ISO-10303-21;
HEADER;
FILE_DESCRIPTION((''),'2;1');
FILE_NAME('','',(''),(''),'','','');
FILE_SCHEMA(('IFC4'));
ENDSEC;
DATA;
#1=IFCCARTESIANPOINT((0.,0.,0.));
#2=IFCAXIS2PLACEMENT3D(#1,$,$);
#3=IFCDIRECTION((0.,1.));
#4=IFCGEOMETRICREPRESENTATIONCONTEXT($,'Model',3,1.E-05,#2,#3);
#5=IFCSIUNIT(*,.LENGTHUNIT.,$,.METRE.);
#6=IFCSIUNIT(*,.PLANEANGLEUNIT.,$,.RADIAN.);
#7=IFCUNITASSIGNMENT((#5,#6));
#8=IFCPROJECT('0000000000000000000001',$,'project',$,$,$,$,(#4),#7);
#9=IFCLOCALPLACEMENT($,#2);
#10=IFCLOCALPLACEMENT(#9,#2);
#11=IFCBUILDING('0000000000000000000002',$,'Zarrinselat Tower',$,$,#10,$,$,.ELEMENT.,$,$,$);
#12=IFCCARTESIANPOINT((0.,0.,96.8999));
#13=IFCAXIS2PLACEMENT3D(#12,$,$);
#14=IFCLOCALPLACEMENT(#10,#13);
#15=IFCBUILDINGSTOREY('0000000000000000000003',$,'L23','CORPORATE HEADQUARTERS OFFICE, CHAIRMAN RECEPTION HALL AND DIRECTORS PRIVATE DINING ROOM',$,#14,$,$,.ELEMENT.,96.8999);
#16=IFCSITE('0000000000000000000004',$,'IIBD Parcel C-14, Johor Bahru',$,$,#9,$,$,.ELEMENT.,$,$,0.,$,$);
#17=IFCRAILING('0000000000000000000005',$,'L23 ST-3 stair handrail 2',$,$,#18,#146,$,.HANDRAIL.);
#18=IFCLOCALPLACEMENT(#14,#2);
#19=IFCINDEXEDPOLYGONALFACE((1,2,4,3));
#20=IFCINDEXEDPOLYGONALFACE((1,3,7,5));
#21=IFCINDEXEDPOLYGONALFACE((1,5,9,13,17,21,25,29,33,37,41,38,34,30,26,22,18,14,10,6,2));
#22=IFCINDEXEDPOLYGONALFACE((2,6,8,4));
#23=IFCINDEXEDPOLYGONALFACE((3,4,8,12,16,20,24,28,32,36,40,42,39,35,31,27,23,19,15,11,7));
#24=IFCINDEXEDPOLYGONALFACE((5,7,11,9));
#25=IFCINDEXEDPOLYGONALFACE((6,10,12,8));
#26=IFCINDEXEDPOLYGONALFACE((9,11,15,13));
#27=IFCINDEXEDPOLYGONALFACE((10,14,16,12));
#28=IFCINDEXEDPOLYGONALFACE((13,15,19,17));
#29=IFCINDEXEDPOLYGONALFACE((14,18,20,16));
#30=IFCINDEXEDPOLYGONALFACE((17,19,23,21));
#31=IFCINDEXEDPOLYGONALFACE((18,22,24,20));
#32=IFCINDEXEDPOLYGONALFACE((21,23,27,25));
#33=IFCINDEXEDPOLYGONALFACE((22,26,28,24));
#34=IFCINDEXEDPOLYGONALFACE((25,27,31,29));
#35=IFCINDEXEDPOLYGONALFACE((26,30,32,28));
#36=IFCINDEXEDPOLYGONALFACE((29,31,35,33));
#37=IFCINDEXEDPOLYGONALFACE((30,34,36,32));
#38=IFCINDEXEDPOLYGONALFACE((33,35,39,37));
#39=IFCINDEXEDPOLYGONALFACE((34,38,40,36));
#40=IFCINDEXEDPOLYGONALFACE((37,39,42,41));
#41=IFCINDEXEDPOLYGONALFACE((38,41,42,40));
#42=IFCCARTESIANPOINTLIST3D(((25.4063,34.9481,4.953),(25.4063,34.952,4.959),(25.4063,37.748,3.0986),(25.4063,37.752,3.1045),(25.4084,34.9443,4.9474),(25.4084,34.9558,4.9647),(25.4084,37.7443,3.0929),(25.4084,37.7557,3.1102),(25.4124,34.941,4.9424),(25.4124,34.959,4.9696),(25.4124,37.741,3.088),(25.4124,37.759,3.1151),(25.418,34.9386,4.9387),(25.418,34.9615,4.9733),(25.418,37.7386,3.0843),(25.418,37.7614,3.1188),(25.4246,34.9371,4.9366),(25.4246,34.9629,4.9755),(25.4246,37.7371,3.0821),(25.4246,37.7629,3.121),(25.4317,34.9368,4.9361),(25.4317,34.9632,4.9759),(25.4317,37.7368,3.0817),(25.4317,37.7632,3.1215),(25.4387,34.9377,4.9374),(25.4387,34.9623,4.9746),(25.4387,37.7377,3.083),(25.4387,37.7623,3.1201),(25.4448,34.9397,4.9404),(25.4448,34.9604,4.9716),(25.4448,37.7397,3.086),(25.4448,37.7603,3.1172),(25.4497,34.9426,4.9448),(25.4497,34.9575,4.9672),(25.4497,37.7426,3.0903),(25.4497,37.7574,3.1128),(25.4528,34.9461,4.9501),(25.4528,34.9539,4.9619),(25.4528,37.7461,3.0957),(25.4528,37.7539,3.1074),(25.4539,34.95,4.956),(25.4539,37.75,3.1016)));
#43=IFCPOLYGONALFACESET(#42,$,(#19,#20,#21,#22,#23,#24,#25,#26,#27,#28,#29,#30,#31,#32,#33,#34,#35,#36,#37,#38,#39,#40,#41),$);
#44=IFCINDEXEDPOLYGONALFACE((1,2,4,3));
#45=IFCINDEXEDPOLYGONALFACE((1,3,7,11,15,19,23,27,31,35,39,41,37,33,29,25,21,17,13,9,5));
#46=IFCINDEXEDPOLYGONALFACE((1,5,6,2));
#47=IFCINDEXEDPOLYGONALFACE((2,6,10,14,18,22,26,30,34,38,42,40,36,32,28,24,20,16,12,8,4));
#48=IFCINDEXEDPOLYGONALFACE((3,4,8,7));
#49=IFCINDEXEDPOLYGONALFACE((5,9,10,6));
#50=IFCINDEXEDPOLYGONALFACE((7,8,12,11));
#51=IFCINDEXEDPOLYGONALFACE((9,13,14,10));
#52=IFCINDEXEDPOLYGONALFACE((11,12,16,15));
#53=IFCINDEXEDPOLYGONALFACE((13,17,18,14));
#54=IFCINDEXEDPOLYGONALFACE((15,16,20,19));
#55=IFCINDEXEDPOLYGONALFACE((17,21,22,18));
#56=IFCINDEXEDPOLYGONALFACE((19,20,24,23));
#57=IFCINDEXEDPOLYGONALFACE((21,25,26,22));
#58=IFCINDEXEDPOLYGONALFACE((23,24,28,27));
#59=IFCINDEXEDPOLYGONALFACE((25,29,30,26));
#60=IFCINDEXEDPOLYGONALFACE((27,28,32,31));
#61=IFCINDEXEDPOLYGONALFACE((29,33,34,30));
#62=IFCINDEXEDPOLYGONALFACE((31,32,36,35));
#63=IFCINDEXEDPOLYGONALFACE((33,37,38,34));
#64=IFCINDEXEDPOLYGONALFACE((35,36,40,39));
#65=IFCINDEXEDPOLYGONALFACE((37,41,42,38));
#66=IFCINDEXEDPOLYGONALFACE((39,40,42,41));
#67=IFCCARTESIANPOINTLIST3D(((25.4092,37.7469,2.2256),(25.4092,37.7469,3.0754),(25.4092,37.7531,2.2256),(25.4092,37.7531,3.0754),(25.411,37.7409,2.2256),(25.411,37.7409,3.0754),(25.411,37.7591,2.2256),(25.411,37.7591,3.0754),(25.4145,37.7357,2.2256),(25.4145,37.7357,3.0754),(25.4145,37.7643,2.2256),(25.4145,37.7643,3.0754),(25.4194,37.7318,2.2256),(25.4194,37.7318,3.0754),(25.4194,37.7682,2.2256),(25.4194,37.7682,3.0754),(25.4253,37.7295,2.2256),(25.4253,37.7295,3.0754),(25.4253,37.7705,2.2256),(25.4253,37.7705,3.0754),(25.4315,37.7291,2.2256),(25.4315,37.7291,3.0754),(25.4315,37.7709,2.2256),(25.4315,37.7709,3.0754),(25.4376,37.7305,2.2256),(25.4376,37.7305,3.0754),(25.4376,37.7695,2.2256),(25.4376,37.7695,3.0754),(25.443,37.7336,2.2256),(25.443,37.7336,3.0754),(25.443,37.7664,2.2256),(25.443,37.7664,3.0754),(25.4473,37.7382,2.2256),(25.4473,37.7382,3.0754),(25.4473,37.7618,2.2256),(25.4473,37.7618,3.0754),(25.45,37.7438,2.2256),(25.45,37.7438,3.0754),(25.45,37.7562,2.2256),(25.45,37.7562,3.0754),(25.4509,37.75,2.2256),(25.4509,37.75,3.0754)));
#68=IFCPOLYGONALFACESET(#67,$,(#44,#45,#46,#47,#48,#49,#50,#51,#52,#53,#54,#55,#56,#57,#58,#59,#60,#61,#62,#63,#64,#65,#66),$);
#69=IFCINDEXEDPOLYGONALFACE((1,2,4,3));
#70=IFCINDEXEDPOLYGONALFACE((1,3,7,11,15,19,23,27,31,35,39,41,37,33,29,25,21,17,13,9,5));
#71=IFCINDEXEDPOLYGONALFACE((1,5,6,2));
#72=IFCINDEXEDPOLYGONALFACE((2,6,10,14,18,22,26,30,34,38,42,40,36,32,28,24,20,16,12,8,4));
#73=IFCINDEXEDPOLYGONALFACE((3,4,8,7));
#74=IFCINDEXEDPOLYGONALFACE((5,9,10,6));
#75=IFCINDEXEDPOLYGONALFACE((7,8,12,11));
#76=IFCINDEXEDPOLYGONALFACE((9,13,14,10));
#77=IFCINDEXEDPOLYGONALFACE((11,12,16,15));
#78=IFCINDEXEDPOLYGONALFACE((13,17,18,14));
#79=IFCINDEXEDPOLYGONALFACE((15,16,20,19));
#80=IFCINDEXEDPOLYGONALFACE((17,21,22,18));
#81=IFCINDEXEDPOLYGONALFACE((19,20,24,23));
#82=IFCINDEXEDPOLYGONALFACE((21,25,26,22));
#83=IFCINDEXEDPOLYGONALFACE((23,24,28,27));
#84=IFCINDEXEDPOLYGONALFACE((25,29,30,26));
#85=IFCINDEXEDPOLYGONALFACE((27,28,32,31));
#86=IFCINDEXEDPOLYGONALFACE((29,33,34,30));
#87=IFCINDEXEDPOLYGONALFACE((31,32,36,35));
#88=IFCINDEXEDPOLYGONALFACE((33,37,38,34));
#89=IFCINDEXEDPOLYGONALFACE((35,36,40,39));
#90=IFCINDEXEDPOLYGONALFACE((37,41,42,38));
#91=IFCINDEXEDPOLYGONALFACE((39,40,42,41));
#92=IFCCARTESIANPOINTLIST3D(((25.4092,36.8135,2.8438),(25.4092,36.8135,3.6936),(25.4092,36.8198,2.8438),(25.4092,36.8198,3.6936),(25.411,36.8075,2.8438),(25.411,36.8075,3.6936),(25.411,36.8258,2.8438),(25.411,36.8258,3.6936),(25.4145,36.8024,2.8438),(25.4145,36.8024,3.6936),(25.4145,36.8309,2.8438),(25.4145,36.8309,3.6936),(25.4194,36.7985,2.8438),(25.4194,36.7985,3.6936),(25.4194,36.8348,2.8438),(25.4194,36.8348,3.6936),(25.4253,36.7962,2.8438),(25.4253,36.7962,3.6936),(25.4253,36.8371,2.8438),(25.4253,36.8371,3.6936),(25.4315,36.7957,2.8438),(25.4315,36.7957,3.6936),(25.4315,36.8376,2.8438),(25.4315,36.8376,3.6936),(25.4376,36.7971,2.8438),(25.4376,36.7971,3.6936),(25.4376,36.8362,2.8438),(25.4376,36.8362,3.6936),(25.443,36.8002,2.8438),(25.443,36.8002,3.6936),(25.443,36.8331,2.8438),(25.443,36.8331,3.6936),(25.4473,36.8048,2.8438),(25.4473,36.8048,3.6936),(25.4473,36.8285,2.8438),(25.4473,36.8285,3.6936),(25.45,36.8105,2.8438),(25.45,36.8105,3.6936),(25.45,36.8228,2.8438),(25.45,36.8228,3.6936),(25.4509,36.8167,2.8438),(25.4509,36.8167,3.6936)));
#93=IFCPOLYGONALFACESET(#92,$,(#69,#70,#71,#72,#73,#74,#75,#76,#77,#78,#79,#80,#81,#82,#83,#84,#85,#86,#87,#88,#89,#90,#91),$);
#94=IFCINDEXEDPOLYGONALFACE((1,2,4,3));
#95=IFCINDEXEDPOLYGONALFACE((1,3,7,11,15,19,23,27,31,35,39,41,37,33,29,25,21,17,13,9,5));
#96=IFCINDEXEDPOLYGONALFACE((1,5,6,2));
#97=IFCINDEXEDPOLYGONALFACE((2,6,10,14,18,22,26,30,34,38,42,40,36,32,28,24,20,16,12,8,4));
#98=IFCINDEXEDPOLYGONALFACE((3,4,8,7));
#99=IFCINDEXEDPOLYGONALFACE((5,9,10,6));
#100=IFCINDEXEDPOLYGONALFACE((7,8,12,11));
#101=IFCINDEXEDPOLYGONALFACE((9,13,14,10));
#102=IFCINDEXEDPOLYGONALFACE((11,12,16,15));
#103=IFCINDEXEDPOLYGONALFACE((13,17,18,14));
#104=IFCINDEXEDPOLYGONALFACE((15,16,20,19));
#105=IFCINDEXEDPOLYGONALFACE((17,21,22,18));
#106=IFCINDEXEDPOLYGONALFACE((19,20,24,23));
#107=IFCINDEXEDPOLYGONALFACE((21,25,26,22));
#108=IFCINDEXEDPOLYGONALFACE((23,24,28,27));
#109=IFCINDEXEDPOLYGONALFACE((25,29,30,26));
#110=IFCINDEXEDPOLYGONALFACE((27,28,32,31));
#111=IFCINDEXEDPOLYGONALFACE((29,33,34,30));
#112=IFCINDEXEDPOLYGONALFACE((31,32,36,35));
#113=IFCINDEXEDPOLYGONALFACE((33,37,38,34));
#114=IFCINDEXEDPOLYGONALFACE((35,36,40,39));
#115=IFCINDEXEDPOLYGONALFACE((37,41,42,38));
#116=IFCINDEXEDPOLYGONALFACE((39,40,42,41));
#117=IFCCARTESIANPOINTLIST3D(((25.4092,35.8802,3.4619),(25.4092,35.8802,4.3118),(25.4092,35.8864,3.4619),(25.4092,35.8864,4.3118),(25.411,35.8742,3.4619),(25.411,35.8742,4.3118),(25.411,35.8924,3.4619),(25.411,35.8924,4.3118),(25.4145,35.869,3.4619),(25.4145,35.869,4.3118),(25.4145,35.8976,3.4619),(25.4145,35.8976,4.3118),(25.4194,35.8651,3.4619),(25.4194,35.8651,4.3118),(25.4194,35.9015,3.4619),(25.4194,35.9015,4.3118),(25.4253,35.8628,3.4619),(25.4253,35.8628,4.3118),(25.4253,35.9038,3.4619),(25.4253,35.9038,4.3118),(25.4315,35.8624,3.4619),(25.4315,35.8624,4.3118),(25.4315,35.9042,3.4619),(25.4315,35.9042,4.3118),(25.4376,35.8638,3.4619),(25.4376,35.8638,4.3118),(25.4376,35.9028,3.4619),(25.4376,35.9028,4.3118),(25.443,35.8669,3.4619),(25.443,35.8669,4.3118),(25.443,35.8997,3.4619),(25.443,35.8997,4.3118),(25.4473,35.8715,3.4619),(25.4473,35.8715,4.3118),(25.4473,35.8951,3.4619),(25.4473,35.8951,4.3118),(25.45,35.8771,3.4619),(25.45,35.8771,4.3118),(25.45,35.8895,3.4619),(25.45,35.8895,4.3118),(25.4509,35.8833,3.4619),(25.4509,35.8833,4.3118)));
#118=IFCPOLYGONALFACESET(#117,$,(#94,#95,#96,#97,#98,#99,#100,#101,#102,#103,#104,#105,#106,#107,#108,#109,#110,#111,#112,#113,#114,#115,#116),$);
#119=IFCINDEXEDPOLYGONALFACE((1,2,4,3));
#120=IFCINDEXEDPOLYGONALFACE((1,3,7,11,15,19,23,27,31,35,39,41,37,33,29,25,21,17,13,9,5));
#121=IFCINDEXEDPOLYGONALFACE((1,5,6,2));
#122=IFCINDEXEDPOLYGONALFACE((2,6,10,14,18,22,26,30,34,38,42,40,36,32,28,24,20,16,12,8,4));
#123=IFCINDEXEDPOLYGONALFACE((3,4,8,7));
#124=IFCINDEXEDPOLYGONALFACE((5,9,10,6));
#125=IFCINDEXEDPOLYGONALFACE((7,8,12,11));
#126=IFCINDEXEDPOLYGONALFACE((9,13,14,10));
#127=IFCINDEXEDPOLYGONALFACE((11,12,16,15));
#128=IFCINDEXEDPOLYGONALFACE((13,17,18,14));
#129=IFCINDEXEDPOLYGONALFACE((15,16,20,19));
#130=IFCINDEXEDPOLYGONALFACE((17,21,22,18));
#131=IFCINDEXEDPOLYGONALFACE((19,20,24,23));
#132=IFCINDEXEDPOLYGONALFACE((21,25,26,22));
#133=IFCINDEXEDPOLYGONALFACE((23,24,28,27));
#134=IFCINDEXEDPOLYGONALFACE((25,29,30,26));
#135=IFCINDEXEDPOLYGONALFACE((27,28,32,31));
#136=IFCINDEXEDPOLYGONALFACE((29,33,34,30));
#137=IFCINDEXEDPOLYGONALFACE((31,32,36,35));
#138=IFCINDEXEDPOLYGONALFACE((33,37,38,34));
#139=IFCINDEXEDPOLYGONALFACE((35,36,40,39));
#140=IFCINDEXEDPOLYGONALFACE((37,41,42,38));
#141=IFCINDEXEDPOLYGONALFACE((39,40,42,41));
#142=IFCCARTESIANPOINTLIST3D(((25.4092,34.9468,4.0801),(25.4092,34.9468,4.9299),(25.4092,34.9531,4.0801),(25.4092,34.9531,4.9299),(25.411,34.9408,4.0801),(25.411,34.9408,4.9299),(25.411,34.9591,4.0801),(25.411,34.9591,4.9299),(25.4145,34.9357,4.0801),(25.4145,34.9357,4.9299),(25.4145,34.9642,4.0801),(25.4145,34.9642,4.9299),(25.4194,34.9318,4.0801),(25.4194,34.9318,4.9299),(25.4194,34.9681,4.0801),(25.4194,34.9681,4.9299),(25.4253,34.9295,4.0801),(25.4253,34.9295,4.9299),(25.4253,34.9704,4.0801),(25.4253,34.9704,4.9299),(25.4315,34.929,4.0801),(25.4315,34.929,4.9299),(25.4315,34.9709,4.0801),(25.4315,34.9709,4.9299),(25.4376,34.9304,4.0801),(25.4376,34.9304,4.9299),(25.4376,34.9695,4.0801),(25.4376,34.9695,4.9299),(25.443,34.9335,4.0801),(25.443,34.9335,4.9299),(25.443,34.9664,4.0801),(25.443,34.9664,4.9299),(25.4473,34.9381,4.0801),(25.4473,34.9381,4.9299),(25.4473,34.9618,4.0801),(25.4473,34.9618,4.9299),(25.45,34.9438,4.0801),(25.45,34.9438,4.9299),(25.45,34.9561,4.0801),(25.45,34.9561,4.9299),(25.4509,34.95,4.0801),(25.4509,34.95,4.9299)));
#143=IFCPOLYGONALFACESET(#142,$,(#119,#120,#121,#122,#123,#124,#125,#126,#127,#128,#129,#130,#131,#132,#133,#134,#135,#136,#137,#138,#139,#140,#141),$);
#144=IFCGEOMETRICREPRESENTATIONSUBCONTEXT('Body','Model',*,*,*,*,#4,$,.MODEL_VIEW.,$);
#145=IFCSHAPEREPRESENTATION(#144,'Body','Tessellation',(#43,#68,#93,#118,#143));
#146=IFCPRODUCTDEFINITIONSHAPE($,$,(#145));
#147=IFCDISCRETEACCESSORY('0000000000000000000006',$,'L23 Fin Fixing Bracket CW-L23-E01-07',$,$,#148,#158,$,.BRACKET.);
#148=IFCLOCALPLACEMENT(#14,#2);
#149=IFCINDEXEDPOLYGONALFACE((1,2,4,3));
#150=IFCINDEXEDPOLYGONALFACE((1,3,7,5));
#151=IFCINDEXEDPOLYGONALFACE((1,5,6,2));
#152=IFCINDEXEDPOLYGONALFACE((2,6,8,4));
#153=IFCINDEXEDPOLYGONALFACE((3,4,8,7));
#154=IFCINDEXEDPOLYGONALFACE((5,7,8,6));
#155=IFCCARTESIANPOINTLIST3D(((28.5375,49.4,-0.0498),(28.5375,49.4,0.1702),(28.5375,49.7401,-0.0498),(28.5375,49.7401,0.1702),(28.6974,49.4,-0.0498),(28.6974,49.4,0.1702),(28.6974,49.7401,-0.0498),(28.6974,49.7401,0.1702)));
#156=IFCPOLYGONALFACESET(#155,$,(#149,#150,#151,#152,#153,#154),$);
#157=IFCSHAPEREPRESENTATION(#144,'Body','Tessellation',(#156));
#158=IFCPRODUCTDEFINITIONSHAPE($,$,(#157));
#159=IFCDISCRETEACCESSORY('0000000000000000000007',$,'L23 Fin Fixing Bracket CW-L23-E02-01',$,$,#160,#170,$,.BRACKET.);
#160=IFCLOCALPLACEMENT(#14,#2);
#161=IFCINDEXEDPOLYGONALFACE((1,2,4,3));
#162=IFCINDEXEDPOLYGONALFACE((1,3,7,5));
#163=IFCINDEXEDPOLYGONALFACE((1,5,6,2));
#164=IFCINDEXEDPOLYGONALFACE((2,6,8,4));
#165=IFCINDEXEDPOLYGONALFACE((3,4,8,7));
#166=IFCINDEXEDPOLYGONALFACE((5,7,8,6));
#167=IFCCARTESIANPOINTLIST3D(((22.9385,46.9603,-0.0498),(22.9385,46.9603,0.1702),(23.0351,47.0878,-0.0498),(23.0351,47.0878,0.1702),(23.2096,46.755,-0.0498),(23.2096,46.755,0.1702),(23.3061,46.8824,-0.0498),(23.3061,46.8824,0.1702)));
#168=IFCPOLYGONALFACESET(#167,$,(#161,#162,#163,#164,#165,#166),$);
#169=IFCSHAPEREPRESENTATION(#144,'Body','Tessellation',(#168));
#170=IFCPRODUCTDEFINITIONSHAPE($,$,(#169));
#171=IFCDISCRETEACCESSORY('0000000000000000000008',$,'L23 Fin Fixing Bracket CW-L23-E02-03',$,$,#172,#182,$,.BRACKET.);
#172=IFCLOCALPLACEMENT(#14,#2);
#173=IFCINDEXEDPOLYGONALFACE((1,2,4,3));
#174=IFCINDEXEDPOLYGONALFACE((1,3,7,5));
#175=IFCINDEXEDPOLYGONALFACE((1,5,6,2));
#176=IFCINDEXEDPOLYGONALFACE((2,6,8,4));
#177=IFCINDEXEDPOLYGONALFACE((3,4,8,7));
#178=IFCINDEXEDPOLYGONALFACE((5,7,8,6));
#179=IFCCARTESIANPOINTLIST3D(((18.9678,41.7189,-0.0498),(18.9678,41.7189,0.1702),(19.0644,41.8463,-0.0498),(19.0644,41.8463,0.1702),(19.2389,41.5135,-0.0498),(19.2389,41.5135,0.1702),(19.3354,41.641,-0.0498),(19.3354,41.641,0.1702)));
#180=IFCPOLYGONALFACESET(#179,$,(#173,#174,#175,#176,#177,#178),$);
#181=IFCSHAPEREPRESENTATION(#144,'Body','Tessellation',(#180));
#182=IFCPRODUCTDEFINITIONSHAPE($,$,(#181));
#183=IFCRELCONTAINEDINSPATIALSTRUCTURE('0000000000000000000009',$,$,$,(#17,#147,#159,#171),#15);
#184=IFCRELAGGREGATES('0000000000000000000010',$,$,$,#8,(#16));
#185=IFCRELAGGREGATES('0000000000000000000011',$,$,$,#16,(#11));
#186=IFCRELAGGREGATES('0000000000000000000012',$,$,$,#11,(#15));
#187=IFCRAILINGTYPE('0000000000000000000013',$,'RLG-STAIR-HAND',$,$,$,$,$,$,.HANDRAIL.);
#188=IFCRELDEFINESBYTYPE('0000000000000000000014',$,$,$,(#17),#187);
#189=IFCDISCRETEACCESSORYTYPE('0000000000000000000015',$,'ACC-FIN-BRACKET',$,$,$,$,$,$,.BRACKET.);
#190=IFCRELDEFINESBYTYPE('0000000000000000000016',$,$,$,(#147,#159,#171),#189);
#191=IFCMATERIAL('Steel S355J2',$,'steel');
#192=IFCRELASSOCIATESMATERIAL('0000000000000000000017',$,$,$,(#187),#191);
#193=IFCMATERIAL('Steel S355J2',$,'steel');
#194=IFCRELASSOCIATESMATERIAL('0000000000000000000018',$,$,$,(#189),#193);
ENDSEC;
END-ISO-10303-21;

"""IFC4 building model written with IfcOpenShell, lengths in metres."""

from ifc_helpers import new_model, si_unit, direction, frame, origin, origin_2d, place, context, subcontext, project, spatial, rectangle, circle, extrude, material, type_object, element, save


model = new_model("IFC4")

# Units and contexts
model_context = context("Model", 3, precision=1e-05, world=origin(), true_north=direction((0.0, 1.0)))
body_context = subcontext(model_context, "Body", "Model", "MODEL_VIEW")
ifc_project = project(units=[si_unit("LENGTHUNIT", "METRE"), si_unit("PLANEANGLEUNIT", "RADIAN")], contexts=[model_context])

# Site, building, storey
site_placement = place(None, origin())
site = spatial("IfcSite", under=ifc_project, at=site_placement, Name="IIBD Parcel C-14, Johor Bahru", CompositionType="ELEMENT", RefElevation=0.0)
building_placement = place(site_placement, origin())
building = spatial("IfcBuilding", under=site, at=building_placement, Name="Zarrinselat Tower", CompositionType="ELEMENT")
storey_placement = place(building_placement, frame((0.0, 0.0, 96.8999)))
storey = spatial("IfcBuildingStorey", under=building, at=storey_placement, Name="L23", Description="CORPORATE HEADQUARTERS OFFICE, CHAIRMAN RECEPTION HALL AND DIRECTORS PRIVATE DINING ROOM", CompositionType="ELEMENT", Elevation=96.8999)

# Railing
ifc_material_1 = material(Name="Steel S355J2", Category="steel")
railing_type_1 = type_object("IfcRailingType", Name="RLG-STAIR-HAND", PredefinedType="HANDRAIL", material=ifc_material_1)
railing_1_placement = place(storey_placement, frame((25.4299, 37.75, 2.2256)))
element("IfcRailing", 1, at=railing_1_placement, inside=storey, type_object=railing_type_1, Name="L23 ST-3 stair handrail 2", PredefinedType="HANDRAIL", context=body_context, shape_type="SweptSolid", body=[
    extrude(circle(Radius=0.0239, at=origin_2d()), frame((0.0, 0.0, 0.876), z_axis=(0.0, -0.833724, 0.552181), x_axis=(1.0, 0.0, 0.0)), (0.0, 0.0, 1.0), 3.3584),
    extrude(circle(Radius=0.021, at=origin_2d()), origin(), (0.0, 0.0, 1.0), 0.8499),
    extrude(circle(Radius=0.021, at=origin_2d()), frame((0.0, -0.9333, 0.6182)), (0.0, 0.0, 1.0), 0.8499),
    extrude(circle(Radius=0.021, at=origin_2d()), frame((0.0, -1.8667, 1.2363)), (0.0, 0.0, 1.0), 0.8499),
    extrude(circle(Radius=0.021, at=origin_2d()), frame((0.0, -2.8, 1.8545)), (0.0, 0.0, 1.0), 0.8499),
])

# Discrete accessories
ifc_material_2 = material(Name="Steel S355J2", Category="steel")
discrete_accessory_type = type_object("IfcDiscreteAccessoryType", Name="ACC-FIN-BRACKET", PredefinedType="BRACKET", material=ifc_material_2)
for number, where, z_axis, x_axis, name in (
    (2, (28.6174, 49.5701, -0.0498), (0.0, 0.0, 1.0), (0.0, 1.0, 0.0), "L23 Fin Fixing Bracket CW-L23-E01-07"),
    (3, (23.1223, 46.9214, -0.0498), (0.0, 0.0, 1.0), (-0.797094, 0.603855, 0.0), "L23 Fin Fixing Bracket CW-L23-E02-01"),
    (4, (19.1516, 41.6799, -0.0498), (0.0, 0.0, 1.0), (-0.797094, 0.603855, 0.0), "L23 Fin Fixing Bracket CW-L23-E02-03"),
):
    element("IfcDiscreteAccessory", number, at=place(storey_placement, frame(where, z_axis=z_axis, x_axis=x_axis)), inside=storey, type_object=discrete_accessory_type, Name=name, PredefinedType="BRACKET", context=body_context, shape_type="SweptSolid", body=[
        extrude(rectangle(XDim=0.3401, YDim=0.1599, at=origin_2d()), origin(), (0.0, 0.0, 1.0), 0.22),
    ])

save(model, "model.ifc")
